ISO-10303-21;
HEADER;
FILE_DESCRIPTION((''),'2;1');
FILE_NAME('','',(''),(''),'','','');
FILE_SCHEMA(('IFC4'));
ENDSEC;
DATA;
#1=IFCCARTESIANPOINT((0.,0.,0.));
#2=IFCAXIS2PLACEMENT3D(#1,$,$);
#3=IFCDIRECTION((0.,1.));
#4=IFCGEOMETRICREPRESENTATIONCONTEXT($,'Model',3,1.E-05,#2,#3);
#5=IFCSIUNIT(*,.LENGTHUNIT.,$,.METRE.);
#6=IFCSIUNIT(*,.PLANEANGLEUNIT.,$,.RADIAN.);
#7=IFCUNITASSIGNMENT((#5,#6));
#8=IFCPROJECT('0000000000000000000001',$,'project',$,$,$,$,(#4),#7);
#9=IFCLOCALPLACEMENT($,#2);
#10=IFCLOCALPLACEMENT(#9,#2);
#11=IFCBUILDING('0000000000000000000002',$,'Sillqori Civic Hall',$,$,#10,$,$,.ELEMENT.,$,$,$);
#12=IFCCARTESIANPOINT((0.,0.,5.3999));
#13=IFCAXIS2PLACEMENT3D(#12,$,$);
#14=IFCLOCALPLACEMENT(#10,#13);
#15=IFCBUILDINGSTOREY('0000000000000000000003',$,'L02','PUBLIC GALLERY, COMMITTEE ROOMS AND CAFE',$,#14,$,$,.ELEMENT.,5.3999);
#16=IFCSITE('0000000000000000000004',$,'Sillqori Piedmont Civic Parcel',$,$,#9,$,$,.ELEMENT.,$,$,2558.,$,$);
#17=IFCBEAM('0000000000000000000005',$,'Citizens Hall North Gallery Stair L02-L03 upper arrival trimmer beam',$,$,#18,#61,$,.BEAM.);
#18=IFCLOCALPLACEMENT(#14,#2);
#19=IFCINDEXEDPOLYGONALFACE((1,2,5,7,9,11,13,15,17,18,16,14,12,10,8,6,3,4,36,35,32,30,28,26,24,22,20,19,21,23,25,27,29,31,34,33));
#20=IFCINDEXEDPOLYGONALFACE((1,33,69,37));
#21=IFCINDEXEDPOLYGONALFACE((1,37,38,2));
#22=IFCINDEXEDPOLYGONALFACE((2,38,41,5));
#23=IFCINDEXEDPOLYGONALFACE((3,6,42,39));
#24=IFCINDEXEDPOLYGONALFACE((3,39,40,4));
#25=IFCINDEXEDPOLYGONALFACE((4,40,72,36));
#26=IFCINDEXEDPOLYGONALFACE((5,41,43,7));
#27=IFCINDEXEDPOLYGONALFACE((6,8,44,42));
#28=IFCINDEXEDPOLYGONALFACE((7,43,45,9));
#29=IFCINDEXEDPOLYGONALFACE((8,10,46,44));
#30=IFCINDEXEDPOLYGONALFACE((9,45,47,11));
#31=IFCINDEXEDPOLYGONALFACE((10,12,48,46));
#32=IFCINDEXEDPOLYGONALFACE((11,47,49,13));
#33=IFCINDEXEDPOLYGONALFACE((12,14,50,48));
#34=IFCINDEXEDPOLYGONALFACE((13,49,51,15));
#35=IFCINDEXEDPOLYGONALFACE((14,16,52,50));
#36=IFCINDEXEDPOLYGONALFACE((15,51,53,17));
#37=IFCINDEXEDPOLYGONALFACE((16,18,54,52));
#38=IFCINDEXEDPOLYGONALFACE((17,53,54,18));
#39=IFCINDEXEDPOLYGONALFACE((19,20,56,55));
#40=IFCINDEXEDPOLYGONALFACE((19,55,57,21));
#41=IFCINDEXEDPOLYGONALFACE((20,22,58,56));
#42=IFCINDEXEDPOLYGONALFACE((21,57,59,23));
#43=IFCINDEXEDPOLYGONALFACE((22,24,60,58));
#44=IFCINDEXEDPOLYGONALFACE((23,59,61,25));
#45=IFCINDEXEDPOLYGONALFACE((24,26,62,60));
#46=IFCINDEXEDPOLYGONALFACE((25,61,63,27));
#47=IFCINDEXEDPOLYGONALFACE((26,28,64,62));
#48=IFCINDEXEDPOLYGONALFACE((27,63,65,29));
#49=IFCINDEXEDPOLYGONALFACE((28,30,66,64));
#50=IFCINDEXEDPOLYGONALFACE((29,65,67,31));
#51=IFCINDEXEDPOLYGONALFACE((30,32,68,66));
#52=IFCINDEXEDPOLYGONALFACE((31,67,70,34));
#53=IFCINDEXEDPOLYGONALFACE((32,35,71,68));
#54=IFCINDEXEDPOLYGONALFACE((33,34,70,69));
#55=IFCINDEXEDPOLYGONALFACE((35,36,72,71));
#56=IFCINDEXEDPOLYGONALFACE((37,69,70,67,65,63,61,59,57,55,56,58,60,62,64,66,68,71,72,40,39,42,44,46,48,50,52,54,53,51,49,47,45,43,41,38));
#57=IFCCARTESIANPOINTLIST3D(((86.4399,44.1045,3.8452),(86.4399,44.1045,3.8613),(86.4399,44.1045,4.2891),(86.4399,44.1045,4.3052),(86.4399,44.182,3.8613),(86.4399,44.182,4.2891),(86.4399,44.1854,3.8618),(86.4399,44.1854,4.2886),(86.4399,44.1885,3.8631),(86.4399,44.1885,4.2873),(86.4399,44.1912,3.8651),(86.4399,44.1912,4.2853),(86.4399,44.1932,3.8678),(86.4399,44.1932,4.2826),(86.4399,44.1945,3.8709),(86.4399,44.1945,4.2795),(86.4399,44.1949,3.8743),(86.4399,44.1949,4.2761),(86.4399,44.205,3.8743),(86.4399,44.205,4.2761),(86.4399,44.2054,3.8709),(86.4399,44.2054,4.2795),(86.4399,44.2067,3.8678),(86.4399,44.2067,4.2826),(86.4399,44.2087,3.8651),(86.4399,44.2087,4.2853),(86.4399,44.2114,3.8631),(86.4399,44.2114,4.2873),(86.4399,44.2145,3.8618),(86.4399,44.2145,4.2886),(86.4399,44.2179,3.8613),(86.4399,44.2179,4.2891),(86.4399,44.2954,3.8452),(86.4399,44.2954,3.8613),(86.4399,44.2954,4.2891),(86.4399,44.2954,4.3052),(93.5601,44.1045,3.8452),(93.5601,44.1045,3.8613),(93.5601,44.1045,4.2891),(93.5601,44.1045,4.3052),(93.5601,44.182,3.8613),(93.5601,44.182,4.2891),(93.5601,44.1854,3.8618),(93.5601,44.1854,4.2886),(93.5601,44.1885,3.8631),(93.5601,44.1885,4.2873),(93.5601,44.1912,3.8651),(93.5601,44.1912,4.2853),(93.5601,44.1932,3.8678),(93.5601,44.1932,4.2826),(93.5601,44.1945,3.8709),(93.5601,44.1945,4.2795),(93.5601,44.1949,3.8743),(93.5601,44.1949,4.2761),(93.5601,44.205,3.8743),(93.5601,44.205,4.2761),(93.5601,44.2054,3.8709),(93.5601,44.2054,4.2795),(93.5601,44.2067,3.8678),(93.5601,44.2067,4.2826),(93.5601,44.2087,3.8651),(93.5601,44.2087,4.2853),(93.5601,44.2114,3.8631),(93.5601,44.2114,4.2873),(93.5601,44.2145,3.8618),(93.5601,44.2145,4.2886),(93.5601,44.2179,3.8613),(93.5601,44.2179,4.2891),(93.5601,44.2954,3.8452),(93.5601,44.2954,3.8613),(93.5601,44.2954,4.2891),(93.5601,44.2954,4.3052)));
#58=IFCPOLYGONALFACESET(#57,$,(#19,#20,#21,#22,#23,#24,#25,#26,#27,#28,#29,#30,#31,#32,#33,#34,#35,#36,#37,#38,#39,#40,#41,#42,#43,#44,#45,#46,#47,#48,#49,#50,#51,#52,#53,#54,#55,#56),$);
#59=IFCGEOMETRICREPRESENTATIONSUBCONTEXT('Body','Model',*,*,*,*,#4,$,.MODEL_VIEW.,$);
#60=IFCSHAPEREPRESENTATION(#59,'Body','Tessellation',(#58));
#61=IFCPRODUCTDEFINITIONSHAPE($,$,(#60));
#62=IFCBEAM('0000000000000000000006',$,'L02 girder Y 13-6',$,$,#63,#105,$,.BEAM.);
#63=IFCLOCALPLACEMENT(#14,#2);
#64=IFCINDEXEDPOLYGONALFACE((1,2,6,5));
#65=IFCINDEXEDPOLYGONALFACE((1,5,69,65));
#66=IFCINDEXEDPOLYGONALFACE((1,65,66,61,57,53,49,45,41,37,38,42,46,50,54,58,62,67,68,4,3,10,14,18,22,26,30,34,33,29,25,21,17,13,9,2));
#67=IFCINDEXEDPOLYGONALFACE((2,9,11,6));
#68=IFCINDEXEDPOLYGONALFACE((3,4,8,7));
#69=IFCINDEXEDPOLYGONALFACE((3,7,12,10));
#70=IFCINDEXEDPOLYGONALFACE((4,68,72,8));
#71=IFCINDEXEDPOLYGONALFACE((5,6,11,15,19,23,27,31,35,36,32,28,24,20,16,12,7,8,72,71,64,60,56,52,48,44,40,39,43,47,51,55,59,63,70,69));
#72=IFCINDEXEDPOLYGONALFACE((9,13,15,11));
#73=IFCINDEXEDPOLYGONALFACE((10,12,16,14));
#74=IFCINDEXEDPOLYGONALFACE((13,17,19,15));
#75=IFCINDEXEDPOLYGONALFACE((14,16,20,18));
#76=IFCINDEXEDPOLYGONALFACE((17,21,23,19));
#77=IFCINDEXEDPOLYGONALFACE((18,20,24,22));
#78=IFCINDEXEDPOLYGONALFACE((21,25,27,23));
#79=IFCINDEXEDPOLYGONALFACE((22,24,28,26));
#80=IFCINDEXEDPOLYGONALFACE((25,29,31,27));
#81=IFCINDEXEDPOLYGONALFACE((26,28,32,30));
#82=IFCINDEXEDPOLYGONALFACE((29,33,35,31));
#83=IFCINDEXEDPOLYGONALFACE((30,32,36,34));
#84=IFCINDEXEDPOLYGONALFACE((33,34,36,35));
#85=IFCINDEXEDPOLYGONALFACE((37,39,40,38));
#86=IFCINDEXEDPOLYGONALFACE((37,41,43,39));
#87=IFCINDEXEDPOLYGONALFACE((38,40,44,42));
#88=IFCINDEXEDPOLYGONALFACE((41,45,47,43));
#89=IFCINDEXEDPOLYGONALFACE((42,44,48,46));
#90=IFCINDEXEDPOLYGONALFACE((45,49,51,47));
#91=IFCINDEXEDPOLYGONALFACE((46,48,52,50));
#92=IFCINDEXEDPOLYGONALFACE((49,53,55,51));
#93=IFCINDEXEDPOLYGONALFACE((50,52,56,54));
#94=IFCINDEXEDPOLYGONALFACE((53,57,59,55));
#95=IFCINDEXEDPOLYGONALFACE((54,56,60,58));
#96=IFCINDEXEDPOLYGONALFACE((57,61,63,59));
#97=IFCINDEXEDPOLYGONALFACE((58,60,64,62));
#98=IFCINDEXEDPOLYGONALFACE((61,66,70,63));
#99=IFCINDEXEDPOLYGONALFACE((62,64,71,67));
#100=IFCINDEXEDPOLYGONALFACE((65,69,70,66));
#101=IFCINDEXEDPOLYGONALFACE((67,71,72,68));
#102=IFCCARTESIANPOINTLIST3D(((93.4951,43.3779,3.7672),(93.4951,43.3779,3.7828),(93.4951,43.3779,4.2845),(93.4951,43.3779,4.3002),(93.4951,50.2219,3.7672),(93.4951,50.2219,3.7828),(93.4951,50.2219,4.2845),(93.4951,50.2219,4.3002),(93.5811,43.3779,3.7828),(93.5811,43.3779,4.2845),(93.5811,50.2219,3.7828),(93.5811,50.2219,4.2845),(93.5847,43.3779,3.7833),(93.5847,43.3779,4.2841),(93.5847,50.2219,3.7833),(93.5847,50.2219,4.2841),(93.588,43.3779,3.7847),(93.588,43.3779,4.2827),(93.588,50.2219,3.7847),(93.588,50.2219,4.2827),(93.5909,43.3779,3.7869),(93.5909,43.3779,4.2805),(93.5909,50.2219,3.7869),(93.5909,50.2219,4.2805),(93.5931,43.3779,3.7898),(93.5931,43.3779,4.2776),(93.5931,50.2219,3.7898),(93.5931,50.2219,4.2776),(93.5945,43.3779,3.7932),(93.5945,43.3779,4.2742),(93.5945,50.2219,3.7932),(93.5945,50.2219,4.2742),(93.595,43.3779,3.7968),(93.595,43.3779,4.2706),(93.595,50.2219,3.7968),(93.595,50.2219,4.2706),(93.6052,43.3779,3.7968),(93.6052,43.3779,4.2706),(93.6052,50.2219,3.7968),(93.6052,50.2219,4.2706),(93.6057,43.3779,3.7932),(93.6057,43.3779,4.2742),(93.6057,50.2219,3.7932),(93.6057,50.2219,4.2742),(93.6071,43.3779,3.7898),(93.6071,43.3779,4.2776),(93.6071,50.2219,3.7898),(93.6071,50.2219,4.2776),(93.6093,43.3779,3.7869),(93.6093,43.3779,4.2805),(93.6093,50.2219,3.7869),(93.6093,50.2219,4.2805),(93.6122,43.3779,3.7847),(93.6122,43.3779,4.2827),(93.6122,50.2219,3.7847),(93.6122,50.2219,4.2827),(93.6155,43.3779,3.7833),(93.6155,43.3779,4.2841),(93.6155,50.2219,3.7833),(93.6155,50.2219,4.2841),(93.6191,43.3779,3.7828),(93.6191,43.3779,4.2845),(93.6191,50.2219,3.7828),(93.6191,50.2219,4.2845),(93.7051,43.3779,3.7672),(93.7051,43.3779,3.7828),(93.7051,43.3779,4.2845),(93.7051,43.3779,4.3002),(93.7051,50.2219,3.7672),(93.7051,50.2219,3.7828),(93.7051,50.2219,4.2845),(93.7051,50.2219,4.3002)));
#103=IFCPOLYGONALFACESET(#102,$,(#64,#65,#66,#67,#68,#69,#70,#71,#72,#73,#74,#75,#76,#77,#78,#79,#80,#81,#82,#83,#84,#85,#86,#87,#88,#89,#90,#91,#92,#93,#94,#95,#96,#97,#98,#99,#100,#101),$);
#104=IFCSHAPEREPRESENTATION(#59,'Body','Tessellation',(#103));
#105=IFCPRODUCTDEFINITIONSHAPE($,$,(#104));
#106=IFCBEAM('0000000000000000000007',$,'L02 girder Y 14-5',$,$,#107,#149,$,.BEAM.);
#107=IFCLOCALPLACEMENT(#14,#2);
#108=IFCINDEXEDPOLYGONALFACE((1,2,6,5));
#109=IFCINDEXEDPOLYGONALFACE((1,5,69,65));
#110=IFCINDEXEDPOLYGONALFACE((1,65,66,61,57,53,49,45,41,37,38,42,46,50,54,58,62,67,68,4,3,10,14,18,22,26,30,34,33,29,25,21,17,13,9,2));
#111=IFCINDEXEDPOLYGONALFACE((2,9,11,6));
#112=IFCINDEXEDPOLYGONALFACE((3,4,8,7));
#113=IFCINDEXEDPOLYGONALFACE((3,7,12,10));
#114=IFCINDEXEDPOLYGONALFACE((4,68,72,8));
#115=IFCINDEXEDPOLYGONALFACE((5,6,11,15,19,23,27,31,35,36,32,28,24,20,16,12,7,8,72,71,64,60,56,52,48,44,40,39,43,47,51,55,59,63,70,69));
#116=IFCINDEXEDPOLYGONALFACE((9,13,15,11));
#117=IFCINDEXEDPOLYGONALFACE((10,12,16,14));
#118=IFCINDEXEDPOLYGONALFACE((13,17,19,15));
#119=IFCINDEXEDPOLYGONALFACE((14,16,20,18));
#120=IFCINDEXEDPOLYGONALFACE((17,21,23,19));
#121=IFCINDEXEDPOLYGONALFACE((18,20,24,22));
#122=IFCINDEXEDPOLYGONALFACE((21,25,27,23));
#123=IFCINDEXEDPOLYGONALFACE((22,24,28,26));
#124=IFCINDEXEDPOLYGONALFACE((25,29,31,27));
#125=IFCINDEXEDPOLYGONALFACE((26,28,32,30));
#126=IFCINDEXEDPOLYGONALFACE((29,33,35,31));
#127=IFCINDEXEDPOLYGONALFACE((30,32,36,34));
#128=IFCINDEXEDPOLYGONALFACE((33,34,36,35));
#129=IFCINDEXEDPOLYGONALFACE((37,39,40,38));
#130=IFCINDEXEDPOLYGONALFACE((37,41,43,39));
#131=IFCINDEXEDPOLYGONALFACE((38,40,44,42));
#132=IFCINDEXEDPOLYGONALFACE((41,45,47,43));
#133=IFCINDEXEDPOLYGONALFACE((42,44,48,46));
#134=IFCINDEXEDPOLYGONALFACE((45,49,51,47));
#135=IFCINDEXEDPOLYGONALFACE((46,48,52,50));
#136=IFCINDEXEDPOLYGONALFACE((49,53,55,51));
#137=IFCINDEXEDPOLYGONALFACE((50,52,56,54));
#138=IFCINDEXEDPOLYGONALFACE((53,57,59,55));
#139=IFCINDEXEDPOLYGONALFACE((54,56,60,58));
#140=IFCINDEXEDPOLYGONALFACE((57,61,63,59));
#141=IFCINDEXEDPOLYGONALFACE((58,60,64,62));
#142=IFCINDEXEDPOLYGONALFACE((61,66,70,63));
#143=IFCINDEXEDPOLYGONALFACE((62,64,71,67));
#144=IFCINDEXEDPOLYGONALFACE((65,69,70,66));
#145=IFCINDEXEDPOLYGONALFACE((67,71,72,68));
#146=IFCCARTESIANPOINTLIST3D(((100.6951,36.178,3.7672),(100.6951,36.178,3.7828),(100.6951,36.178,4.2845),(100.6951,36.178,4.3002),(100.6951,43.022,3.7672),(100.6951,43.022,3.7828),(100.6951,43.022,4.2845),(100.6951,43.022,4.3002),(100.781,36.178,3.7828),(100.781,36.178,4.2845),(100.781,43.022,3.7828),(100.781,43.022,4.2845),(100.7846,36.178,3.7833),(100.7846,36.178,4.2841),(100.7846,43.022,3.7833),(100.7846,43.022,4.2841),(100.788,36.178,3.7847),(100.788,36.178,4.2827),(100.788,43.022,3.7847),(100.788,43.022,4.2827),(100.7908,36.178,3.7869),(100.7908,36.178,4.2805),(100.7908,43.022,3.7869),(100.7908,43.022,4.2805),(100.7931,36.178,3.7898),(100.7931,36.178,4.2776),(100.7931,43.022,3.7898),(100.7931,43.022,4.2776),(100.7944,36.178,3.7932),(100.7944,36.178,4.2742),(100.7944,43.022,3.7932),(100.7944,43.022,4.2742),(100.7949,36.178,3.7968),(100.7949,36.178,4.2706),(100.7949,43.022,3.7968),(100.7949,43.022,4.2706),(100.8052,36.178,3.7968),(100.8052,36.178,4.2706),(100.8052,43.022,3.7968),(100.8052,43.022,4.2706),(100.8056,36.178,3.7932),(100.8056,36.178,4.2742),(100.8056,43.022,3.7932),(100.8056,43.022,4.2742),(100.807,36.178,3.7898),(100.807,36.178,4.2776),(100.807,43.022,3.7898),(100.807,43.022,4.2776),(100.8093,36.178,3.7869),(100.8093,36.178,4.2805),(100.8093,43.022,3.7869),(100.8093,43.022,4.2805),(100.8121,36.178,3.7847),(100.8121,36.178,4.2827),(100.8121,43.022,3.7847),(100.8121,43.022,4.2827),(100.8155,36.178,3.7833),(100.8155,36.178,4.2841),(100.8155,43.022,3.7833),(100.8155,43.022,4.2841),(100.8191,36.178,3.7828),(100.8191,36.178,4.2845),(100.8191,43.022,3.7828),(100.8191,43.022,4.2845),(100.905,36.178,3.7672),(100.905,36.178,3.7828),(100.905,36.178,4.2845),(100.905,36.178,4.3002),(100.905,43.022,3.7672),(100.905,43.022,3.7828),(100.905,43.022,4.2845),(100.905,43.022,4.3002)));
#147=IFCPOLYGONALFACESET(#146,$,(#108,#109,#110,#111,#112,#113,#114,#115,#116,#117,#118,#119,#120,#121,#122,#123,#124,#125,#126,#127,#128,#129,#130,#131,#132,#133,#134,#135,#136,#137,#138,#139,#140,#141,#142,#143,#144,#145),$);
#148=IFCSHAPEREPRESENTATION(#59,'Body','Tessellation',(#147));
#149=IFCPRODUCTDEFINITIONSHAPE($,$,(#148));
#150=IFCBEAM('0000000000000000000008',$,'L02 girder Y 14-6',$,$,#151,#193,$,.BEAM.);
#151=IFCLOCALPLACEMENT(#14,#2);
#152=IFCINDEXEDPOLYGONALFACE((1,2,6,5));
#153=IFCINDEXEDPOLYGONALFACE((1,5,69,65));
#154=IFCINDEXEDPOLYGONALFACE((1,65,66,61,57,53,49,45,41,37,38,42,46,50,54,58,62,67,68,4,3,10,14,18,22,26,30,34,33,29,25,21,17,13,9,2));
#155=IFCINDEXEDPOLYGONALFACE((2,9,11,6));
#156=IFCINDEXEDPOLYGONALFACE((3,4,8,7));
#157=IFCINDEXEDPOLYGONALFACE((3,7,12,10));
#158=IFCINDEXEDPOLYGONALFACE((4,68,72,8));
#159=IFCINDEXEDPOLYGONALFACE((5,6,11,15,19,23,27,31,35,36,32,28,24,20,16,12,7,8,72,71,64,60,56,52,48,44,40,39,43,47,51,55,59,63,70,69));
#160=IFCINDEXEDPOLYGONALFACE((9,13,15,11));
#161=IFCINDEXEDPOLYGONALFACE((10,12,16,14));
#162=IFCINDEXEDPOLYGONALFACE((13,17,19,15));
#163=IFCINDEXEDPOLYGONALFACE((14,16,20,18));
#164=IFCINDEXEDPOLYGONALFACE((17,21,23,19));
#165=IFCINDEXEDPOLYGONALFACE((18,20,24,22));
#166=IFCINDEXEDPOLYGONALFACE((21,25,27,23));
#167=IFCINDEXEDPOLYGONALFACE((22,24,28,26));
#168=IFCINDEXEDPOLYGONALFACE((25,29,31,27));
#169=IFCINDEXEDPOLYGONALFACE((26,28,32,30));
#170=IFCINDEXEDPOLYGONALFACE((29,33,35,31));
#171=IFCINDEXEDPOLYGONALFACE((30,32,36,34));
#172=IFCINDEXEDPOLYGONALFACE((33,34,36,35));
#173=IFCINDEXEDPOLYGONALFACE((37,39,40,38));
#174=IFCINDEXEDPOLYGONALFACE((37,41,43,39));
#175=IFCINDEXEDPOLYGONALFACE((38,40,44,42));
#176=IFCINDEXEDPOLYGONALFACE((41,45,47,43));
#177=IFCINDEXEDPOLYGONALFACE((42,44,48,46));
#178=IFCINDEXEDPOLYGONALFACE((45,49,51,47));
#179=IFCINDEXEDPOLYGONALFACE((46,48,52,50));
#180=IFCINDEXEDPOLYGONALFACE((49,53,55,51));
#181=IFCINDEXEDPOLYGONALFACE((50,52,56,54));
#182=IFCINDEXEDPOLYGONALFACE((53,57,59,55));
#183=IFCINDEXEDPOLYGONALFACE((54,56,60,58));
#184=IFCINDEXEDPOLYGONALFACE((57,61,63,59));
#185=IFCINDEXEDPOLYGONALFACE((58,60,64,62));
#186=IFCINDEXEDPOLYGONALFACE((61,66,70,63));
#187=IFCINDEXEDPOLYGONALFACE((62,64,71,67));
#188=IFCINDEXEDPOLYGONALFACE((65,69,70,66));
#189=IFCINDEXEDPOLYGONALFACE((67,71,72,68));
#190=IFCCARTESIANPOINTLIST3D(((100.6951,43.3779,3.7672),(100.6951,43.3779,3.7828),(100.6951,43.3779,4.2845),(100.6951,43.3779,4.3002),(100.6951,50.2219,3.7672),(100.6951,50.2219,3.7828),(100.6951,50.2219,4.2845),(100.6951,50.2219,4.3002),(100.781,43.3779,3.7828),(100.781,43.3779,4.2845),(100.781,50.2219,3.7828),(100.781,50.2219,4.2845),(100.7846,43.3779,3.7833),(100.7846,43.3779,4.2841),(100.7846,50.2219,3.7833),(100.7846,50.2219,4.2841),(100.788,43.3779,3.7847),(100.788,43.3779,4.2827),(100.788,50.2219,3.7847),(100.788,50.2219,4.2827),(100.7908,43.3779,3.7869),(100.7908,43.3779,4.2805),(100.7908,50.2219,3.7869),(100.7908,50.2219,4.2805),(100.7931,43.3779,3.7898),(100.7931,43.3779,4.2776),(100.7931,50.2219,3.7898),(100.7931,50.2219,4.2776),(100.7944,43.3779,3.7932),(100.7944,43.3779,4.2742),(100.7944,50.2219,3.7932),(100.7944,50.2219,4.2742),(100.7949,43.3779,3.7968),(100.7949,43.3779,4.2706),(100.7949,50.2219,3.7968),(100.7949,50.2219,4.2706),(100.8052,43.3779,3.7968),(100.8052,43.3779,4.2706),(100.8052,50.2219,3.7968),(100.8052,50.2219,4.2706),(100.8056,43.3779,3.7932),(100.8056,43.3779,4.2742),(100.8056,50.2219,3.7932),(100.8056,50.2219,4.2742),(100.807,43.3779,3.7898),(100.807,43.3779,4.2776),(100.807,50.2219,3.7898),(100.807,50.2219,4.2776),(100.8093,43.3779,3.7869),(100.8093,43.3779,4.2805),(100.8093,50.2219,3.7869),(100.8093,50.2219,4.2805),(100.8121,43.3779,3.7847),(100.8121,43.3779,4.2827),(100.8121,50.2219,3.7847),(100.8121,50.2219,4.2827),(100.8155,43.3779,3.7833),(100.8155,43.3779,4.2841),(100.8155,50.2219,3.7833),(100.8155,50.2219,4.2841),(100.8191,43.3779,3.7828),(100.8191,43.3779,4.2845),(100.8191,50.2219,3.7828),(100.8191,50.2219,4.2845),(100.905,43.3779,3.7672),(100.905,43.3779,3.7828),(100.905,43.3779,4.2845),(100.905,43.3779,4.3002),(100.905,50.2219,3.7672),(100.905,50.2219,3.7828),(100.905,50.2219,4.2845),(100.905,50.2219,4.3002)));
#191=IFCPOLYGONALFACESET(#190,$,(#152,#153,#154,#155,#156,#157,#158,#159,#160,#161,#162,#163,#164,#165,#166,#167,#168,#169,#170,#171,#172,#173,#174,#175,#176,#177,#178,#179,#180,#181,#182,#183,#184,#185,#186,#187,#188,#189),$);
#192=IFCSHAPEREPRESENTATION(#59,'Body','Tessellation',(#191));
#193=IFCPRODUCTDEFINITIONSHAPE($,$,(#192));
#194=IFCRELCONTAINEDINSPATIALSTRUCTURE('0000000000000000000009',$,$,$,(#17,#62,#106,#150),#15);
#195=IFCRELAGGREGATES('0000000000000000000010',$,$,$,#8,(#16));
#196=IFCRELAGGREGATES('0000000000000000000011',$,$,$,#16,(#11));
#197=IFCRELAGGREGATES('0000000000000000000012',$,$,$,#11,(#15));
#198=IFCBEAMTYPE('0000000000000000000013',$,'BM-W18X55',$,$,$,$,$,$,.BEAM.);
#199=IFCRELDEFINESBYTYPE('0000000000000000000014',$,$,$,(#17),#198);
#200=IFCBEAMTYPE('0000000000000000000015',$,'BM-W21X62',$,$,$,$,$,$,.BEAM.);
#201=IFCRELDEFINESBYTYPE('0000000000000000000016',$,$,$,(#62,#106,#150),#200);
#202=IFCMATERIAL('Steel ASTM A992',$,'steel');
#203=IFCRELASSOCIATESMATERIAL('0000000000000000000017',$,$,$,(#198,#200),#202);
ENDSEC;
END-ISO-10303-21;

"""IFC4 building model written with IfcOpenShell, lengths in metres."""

from ifc_helpers import new_model, si_unit, direction, frame, origin, origin_2d, place, context, subcontext, project, spatial, i_section, extrude, material, material_profile, profile_set, type_object, element, save


model = new_model("IFC4")

# Units and contexts
model_context = context("Model", 3, precision=1e-05, world=origin(), true_north=direction((0.0, 1.0)))
body_context = subcontext(model_context, "Body", "Model", "MODEL_VIEW")
ifc_project = project(units=[si_unit("LENGTHUNIT", "METRE"), si_unit("PLANEANGLEUNIT", "RADIAN")], contexts=[model_context])

# Site, building, storey
site_placement = place(None, origin())
site = spatial("IfcSite", under=ifc_project, at=site_placement, Name="Sillqori Piedmont Civic Parcel", CompositionType="ELEMENT", RefElevation=2558.0)
building_placement = place(site_placement, origin())
building = spatial("IfcBuilding", under=site, at=building_placement, Name="Sillqori Civic Hall", CompositionType="ELEMENT")
storey_placement = place(building_placement, frame((0.0, 0.0, 5.3999)))
storey = spatial("IfcBuildingStorey", under=building, at=storey_placement, Name="L02", Description="PUBLIC GALLERY, COMMITTEE ROOMS AND CAFE", CompositionType="ELEMENT", Elevation=5.3999)

# Shared definitions
ifc_material_1 = material(Name="Steel ASTM A992", Category="steel")

# Beams
ifc_material_profile_1 = material_profile(ifc_material_1, i_section(OverallWidth=0.1909, OverallDepth=0.46, WebThickness=0.01, FlangeThickness=0.0161, FilletRadius=0.0129, at=origin_2d()), Name="W18X55")
ifc_profile_set_1 = profile_set([ifc_material_profile_1], Name="Steel ASTM A992")
beam_type_1 = type_object("IfcBeamType", Name="BM-W18X55", PredefinedType="BEAM", material=ifc_profile_set_1)
beam_1_placement = place(storey_placement, frame((86.4399, 44.2, 4.0752), z_axis=(1.0, 0.0, 0.0), x_axis=(0.0, 1.0, 0.0)))
element("IfcBeam", 1, at=beam_1_placement, inside=storey, type_object=beam_type_1, Name="Citizens Hall North Gallery Stair L02-L03 upper arrival trimmer beam", PredefinedType="BEAM", context=body_context, shape_type="SweptSolid", body=[
    extrude(i_section(OverallWidth=0.1909, OverallDepth=0.46, WebThickness=0.01, FlangeThickness=0.0161, FilletRadius=0.0129, at=origin_2d()), origin(), (0.0, 0.0, 1.0), 7.1201),
])
ifc_material_profile_2 = material_profile(ifc_material_1, i_section(OverallWidth=0.21, OverallDepth=0.533, WebThickness=0.0103, FlangeThickness=0.0156, FilletRadius=0.0139, at=origin_2d()), Name="W21X62")
ifc_profile_set_2 = profile_set([ifc_material_profile_2], Name="Steel ASTM A992")
beam_type_2 = type_object("IfcBeamType", Name="BM-W21X62", PredefinedType="BEAM", material=ifc_profile_set_2)
for number, where, z_axis, x_axis, name in (
    (2, (93.6001, 43.3779, 4.0337), (0.0, 1.0, 0.0), (-1.0, 0.0, 0.0), "L02 girder Y 13-6"),
    (3, (100.8, 36.178, 4.0337), (0.0, 1.0, 0.0), (-1.0, 0.0, 0.0), "L02 girder Y 14-5"),
    (4, (100.8, 43.3779, 4.0337), (0.0, 1.0, 0.0), (-1.0, 0.0, 0.0), "L02 girder Y 14-6"),
):
    element("IfcBeam", number, at=place(storey_placement, frame(where, z_axis=z_axis, x_axis=x_axis)), inside=storey, type_object=beam_type_2, Name=name, PredefinedType="BEAM", context=body_context, shape_type="SweptSolid", body=[
        extrude(i_section(OverallWidth=0.21, OverallDepth=0.533, WebThickness=0.0103, FlangeThickness=0.0156, FilletRadius=0.0139, at=origin_2d()), origin(), (0.0, 0.0, 1.0), 6.844),
    ])

save(model, "model.ifc")
